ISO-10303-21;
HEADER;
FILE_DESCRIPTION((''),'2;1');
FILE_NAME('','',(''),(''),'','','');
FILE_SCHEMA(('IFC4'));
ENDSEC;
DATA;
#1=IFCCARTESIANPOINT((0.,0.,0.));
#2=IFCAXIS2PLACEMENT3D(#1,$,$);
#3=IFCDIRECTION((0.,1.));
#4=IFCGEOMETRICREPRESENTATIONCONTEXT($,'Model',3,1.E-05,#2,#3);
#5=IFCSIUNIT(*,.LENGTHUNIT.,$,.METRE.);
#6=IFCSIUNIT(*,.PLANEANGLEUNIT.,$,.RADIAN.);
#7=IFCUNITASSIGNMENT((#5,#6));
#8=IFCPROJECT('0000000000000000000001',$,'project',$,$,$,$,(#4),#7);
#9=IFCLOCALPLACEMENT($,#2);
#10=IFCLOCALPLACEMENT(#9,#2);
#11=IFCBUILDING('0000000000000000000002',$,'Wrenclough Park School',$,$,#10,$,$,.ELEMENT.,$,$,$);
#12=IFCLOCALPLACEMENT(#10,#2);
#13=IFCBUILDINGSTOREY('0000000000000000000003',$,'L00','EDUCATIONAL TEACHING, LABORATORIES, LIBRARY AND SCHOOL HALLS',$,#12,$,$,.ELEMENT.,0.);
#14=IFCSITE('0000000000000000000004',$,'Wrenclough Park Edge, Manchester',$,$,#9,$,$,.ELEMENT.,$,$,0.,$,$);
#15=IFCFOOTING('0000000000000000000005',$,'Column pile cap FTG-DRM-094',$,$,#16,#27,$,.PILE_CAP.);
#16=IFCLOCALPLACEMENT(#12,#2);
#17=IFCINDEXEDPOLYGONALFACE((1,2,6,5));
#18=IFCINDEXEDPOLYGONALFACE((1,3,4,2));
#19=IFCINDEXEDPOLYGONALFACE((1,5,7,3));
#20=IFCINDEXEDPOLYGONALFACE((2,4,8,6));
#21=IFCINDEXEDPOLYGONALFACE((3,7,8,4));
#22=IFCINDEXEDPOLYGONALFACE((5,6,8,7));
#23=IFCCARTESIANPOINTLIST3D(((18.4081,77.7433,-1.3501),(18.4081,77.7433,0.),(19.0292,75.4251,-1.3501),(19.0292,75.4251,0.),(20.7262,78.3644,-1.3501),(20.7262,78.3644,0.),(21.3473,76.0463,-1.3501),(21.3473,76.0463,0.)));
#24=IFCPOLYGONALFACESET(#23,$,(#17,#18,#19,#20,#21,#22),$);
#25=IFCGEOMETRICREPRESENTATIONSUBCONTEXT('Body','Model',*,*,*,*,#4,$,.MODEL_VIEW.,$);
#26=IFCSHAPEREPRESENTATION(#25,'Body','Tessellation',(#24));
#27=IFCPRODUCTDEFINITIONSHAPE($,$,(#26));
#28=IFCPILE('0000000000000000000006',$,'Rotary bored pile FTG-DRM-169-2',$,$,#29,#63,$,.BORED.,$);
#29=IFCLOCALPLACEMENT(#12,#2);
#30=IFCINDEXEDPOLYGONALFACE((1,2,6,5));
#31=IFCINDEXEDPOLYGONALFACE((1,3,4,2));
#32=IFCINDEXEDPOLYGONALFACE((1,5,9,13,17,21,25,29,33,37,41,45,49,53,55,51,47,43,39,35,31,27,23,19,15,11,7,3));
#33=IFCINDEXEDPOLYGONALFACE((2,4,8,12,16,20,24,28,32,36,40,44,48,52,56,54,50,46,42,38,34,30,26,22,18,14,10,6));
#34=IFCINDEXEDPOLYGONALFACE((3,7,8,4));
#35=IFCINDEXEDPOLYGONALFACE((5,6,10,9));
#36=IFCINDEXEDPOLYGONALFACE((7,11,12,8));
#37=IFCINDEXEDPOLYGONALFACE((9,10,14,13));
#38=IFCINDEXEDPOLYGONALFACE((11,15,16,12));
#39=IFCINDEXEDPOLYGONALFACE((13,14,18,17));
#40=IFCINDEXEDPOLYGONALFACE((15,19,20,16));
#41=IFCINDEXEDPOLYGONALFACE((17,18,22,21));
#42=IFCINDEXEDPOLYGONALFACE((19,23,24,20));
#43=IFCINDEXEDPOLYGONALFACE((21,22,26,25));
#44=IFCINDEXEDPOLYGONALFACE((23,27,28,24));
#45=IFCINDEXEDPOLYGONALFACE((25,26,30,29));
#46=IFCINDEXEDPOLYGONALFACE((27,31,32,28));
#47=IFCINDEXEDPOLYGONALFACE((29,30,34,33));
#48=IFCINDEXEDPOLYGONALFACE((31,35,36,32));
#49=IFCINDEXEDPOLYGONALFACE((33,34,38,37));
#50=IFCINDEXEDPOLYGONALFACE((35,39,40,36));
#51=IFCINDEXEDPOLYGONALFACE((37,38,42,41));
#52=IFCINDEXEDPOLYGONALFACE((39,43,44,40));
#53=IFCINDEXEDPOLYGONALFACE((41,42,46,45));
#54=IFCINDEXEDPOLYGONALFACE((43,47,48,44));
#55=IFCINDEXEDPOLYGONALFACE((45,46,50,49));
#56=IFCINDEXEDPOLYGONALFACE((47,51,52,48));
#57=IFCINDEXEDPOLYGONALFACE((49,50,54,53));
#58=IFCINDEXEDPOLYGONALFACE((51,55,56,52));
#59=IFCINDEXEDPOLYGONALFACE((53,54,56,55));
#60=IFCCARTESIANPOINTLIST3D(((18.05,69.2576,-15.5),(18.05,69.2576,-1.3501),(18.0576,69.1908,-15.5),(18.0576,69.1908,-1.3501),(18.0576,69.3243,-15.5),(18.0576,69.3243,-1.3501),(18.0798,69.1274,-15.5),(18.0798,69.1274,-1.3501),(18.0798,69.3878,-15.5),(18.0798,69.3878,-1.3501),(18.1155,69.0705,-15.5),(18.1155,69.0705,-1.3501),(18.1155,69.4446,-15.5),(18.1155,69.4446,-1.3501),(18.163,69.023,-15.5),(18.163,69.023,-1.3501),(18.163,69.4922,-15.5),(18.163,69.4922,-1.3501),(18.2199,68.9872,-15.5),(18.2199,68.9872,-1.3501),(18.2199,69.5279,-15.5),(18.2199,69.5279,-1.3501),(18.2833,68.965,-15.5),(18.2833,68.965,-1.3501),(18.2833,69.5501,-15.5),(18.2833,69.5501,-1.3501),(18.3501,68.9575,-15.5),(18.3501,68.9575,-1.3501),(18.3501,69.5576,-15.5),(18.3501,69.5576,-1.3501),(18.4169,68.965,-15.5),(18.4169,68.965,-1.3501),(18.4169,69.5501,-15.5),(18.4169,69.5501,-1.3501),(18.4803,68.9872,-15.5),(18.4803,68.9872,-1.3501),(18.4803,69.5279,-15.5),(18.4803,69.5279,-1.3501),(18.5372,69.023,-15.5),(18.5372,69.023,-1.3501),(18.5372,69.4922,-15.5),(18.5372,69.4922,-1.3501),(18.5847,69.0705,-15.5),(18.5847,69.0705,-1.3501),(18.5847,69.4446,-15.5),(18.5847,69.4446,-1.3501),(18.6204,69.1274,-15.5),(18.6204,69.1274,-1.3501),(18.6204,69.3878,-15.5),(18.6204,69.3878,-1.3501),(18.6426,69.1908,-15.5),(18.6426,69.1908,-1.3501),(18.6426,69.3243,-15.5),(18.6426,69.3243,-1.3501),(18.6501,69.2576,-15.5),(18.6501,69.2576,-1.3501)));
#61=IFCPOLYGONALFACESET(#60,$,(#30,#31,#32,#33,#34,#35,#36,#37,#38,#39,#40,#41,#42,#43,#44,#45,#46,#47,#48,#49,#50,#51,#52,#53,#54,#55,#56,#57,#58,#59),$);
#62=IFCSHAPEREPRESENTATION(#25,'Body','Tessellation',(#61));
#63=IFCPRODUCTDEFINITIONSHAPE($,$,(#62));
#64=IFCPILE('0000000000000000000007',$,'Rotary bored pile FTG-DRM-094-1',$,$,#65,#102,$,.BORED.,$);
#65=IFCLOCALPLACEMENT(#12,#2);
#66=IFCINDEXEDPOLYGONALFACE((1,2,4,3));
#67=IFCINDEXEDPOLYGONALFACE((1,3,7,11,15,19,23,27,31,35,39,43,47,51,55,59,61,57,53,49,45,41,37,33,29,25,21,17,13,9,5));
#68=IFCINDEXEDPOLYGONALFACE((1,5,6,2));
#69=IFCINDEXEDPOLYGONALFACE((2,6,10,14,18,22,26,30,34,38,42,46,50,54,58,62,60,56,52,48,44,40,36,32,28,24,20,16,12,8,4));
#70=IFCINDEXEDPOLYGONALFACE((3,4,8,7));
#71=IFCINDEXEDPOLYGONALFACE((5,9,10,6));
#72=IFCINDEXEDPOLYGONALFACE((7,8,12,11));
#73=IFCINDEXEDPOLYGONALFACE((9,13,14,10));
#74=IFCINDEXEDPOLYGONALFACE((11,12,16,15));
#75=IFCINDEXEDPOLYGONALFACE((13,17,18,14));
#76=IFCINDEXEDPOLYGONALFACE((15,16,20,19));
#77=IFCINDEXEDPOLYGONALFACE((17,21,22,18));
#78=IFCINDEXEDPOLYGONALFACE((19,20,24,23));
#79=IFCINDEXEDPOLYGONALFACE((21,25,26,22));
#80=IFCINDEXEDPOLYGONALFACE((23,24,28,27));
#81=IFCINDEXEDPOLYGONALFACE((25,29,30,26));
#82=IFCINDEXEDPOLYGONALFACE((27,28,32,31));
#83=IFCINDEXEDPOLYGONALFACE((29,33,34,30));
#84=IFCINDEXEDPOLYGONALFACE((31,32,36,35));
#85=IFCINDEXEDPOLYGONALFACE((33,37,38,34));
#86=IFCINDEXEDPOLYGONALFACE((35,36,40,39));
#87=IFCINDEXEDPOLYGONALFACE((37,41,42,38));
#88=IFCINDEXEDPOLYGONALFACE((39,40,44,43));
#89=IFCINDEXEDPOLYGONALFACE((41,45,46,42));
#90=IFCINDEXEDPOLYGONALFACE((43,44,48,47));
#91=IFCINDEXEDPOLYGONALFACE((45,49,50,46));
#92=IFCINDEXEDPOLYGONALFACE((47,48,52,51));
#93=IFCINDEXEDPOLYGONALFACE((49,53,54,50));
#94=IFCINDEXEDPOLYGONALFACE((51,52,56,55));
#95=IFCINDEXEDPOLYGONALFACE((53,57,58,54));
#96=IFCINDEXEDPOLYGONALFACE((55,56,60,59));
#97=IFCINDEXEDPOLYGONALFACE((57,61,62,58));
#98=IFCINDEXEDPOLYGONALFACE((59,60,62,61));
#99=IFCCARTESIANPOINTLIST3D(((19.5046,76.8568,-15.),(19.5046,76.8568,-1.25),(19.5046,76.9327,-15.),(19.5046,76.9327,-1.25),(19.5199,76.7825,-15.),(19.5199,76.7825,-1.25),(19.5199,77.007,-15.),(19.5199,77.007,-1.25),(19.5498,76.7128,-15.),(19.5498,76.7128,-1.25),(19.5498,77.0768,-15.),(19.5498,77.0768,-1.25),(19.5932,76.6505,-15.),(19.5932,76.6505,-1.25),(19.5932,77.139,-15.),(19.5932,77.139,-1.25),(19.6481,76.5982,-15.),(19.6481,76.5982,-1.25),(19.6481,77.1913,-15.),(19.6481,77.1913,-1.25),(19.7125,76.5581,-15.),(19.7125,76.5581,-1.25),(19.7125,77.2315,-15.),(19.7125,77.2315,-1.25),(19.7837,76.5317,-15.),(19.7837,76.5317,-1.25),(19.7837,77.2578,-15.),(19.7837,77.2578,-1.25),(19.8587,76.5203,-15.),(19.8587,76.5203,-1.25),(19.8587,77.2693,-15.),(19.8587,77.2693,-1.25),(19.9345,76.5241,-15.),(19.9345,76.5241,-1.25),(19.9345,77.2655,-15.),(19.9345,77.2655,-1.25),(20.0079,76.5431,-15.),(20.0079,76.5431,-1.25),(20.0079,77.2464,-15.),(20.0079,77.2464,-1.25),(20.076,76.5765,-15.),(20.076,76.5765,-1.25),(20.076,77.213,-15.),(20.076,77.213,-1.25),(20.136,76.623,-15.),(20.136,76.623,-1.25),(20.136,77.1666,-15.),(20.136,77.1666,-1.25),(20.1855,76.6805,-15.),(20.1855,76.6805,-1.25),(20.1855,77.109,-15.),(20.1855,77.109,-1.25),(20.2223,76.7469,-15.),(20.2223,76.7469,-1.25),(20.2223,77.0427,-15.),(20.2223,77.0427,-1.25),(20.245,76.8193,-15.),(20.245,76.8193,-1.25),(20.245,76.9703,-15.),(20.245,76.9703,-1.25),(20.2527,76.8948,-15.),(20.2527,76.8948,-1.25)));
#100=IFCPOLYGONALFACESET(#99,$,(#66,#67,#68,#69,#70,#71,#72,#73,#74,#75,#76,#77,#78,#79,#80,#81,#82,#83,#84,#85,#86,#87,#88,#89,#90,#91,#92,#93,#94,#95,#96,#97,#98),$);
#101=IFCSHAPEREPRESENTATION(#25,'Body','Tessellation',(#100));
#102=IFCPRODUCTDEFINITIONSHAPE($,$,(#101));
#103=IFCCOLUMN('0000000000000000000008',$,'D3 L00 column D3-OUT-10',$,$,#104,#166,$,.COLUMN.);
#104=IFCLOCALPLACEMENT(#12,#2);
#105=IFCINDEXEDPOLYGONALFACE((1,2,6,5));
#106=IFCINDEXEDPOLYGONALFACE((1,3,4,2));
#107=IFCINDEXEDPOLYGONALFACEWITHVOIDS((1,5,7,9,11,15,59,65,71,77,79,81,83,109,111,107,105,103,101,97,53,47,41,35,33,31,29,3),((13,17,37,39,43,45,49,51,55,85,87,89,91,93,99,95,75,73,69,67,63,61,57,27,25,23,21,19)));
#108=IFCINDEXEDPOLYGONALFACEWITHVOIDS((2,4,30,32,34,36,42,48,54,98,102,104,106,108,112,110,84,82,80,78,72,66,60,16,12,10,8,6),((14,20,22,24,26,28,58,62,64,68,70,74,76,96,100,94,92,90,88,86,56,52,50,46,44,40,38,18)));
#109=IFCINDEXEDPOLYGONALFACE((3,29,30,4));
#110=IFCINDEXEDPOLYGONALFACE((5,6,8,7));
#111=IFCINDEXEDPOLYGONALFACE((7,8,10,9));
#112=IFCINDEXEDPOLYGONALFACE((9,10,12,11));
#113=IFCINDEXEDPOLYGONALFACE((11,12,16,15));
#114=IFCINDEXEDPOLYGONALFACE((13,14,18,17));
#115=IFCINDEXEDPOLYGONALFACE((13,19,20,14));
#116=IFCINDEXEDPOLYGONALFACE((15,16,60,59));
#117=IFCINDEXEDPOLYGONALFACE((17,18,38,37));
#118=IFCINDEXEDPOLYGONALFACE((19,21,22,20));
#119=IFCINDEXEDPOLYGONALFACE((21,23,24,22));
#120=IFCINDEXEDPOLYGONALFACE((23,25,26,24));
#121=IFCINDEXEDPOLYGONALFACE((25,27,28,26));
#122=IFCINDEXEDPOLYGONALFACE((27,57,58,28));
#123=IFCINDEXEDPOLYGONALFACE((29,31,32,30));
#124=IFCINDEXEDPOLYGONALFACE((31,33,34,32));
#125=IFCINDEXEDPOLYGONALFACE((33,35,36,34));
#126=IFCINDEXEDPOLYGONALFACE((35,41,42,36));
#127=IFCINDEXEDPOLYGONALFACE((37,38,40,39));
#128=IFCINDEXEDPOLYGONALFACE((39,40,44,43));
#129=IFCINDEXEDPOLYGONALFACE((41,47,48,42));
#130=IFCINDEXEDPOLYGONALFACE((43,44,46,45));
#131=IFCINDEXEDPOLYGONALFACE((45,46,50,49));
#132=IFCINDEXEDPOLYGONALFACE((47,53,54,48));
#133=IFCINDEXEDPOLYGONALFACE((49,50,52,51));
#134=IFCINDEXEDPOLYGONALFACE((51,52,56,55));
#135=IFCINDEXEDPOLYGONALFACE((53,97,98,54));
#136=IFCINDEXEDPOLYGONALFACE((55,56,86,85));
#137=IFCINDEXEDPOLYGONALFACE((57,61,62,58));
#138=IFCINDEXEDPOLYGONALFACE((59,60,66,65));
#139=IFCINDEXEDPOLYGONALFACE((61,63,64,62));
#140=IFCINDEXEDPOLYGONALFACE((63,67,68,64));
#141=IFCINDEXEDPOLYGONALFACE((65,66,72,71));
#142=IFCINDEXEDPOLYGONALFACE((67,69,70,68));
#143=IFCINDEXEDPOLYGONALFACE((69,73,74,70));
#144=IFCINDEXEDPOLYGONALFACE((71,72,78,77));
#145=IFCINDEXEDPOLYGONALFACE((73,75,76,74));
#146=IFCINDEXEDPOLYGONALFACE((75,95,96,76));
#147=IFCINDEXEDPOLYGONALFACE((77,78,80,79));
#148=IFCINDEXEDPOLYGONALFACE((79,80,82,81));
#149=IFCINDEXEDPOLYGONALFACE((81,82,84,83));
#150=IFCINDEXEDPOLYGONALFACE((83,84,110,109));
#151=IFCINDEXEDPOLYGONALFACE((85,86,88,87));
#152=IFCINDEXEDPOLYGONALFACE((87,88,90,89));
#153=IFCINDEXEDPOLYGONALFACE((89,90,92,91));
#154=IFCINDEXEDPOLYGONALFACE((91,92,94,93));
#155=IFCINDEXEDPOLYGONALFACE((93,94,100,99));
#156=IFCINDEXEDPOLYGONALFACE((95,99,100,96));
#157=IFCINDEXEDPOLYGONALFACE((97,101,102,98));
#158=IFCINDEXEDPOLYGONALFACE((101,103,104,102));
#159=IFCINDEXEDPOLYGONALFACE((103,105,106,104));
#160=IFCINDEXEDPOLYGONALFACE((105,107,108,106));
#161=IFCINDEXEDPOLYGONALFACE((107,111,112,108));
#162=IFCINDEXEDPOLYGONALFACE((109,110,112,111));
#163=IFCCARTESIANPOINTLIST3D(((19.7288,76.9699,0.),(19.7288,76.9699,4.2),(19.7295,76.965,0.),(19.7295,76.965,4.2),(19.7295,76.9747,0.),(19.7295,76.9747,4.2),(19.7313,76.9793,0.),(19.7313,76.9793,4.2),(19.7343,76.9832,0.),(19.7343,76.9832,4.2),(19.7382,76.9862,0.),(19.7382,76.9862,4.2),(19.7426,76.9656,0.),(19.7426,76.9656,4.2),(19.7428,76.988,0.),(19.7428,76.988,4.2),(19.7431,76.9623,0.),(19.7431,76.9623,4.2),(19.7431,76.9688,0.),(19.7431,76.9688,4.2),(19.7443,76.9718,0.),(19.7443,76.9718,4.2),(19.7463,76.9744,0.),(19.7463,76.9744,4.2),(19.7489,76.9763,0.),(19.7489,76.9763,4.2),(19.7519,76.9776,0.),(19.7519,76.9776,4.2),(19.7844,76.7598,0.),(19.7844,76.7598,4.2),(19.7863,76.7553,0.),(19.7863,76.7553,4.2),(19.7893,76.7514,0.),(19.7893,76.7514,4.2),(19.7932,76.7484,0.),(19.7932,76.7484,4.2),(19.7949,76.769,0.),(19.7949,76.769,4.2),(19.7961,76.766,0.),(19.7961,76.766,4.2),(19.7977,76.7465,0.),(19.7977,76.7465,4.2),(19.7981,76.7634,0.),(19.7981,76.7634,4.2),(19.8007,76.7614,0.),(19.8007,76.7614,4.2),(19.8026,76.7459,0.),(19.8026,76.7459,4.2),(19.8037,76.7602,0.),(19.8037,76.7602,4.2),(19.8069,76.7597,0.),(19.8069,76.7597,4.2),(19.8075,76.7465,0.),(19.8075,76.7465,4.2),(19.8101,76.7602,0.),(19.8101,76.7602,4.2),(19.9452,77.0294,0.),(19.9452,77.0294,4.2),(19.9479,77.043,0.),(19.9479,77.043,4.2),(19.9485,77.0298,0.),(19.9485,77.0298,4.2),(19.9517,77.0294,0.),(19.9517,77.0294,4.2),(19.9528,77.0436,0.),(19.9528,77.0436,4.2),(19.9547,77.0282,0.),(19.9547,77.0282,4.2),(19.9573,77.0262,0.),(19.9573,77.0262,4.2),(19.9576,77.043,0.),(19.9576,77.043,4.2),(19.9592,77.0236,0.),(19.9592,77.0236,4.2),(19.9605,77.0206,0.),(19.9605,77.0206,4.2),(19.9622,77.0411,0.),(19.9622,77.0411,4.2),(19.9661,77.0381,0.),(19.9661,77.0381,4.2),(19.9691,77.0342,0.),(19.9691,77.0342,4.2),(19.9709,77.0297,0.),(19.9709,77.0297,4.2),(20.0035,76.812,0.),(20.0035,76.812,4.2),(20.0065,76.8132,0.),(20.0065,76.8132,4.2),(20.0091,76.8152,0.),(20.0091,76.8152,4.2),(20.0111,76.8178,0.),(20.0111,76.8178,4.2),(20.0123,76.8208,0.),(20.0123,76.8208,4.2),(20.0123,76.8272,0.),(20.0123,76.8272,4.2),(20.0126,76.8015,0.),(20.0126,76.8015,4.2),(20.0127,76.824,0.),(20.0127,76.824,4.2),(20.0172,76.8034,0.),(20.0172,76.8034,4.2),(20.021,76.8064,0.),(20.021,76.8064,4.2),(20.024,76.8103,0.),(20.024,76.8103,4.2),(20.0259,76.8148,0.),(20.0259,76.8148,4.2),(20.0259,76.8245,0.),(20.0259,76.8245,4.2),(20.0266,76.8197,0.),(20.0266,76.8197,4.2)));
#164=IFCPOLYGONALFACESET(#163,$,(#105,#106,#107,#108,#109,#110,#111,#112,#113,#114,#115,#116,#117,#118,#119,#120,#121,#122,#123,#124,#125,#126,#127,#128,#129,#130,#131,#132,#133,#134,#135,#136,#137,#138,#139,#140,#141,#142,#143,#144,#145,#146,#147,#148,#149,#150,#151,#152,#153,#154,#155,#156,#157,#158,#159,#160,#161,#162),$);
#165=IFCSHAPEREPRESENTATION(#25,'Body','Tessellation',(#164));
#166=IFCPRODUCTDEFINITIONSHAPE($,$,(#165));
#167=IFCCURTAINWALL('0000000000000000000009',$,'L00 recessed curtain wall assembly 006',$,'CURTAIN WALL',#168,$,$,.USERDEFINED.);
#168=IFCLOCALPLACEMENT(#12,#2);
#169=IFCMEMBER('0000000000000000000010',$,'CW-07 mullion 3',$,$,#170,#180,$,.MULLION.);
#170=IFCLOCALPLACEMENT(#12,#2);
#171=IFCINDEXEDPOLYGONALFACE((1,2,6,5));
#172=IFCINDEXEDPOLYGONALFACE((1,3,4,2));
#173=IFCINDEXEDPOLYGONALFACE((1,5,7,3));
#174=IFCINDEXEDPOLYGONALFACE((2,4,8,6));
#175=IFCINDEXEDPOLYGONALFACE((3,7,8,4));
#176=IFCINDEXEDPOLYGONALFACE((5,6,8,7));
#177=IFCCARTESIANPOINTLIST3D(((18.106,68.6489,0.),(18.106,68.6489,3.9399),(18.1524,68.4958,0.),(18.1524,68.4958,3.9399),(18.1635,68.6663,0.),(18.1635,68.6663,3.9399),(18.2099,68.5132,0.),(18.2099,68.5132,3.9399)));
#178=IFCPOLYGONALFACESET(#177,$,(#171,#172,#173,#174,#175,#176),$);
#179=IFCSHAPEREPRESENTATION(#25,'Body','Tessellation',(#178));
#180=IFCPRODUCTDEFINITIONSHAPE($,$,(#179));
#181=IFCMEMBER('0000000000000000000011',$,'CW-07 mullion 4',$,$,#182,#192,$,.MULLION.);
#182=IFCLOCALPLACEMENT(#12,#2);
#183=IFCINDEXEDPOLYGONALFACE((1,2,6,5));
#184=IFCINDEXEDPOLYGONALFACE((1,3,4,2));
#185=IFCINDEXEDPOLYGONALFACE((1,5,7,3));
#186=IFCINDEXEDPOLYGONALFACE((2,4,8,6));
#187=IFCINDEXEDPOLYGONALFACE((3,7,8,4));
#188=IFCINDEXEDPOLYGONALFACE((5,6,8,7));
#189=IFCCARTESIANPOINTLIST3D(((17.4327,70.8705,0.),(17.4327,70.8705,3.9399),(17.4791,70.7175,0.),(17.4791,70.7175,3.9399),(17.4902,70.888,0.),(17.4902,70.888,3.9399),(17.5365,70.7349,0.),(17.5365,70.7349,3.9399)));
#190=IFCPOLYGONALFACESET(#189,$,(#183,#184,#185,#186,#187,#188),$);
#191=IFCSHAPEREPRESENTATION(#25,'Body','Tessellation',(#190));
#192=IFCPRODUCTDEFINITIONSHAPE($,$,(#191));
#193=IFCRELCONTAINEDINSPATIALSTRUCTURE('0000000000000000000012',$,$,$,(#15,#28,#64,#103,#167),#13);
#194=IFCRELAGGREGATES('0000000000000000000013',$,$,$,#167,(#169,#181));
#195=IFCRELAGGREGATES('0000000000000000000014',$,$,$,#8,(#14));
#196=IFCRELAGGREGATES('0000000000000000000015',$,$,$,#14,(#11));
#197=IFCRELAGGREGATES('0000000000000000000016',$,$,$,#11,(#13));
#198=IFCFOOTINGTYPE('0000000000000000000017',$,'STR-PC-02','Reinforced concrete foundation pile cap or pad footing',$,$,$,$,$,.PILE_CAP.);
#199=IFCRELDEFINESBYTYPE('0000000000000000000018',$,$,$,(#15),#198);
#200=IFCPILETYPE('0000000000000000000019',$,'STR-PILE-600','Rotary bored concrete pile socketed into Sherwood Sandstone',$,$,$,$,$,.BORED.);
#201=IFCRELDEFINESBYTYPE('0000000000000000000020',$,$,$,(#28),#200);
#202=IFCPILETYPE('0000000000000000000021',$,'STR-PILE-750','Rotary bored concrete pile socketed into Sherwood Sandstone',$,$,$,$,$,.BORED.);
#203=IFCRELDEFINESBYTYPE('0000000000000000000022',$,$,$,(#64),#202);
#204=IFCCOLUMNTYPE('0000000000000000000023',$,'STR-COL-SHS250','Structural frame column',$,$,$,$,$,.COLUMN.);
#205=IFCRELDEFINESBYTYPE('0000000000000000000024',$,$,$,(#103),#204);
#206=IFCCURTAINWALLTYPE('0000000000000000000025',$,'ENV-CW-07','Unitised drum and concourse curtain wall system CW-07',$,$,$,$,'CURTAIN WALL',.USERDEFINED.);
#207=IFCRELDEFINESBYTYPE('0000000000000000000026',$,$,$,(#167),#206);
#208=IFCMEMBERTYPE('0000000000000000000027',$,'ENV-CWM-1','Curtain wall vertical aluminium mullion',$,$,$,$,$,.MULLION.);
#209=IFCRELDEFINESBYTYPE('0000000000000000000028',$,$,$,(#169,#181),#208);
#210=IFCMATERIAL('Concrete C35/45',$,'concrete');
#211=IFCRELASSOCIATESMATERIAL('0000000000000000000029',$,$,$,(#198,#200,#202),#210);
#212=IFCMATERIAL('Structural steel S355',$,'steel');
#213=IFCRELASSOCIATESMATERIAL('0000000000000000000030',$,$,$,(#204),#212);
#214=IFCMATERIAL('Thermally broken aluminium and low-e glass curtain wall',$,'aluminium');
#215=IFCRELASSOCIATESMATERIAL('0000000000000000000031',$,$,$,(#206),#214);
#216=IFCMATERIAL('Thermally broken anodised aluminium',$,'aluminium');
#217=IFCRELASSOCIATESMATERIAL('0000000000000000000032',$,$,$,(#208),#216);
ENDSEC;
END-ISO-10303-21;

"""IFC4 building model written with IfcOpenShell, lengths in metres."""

from ifc_helpers import new_model, si_unit, direction, frame, origin, origin_2d, place, context, subcontext, project, spatial, rectangle, hollow_rectangle, circle, extrude, material, material_profile, profile_set, type_object, element, aggregate, save


model = new_model("IFC4")

# Units and contexts
model_context = context("Model", 3, precision=1e-05, world=origin(), true_north=direction((0.0, 1.0)))
body_context = subcontext(model_context, "Body", "Model", "MODEL_VIEW")
ifc_project = project(units=[si_unit("LENGTHUNIT", "METRE"), si_unit("PLANEANGLEUNIT", "RADIAN")], contexts=[model_context])

# Site, building, storey
site_placement = place(None, origin())
site = spatial("IfcSite", under=ifc_project, at=site_placement, Name="Wrenclough Park Edge, Manchester", CompositionType="ELEMENT", RefElevation=0.0)
building_placement = place(site_placement, origin())
building = spatial("IfcBuilding", under=site, at=building_placement, Name="Wrenclough Park School", CompositionType="ELEMENT")
storey_placement = place(building_placement, origin())
storey = spatial("IfcBuildingStorey", under=building, at=storey_placement, Name="L00", Description="EDUCATIONAL TEACHING, LABORATORIES, LIBRARY AND SCHOOL HALLS", CompositionType="ELEMENT", Elevation=0.0)

# Footing
ifc_material_1 = material(Name="Concrete C35/45", Category="concrete")
footing_type = type_object("IfcFootingType", Name="STR-PC-02", Description="Reinforced concrete foundation pile cap or pad footing", PredefinedType="PILE_CAP", material=ifc_material_1)
footing_placement = place(storey_placement, frame((19.8777, 76.8948, -1.3501), z_axis=(0.0, 0.0, 1.0), x_axis=(0.965926, 0.258819, 0.0)))
element("IfcFooting", 1, at=footing_placement, inside=storey, type_object=footing_type, Name="Column pile cap FTG-DRM-094", PredefinedType="PILE_CAP", context=body_context, shape_type="SweptSolid", body=[
    extrude(rectangle(XDim=2.3999, YDim=2.3999, at=origin_2d()), origin(), (0.0, 0.0, 1.0), 1.3501),
])

# Piles
ifc_material_profile_1 = material_profile(ifc_material_1, circle(Radius=0.3, at=origin_2d()), Name="BORED PILE D600")
ifc_profile_set_1 = profile_set([ifc_material_profile_1], Name="Concrete C35/45")
pile_type_1 = type_object("IfcPileType", Name="STR-PILE-600", Description="Rotary bored concrete pile socketed into Sherwood Sandstone", PredefinedType="BORED", material=ifc_profile_set_1)
pile_1_placement = place(storey_placement, frame((18.3501, 69.2576, -1.3501), z_axis=(0.0, 0.0, -1.0), x_axis=(1.0, 0.0, 0.0)))
element("IfcPile", 2, at=pile_1_placement, inside=storey, type_object=pile_type_1, Name="Rotary bored pile FTG-DRM-169-2", PredefinedType="BORED", context=body_context, shape_type="SweptSolid", body=[
    extrude(circle(Radius=0.3, at=origin_2d()), origin(), (0.0, 0.0, 1.0), 14.1499),
])
ifc_material_profile_2 = material_profile(ifc_material_1, circle(Radius=0.375, at=origin_2d()), Name="BORED PILE D750")
ifc_profile_set_2 = profile_set([ifc_material_profile_2], Name="Concrete C35/45")
pile_type_2 = type_object("IfcPileType", Name="STR-PILE-750", Description="Rotary bored concrete pile socketed into Sherwood Sandstone", PredefinedType="BORED", material=ifc_profile_set_2)
pile_2_placement = place(storey_placement, frame((19.8777, 76.8948, -1.25), z_axis=(0.0, 0.0, -1.0), x_axis=(1.0, 0.0, 0.0)))
element("IfcPile", 3, at=pile_2_placement, inside=storey, type_object=pile_type_2, Name="Rotary bored pile FTG-DRM-094-1", PredefinedType="BORED", context=body_context, shape_type="SweptSolid", body=[
    extrude(circle(Radius=0.375, at=origin_2d()), origin(), (0.0, 0.0, 1.0), 13.75),
])

# Column
ifc_material_2 = material(Name="Structural steel S355", Category="steel")
ifc_material_profile_3 = material_profile(ifc_material_2, hollow_rectangle(XDim=0.25, YDim=0.25, WallThickness=0.0125, InnerFilletRadius=0.0125, OuterFilletRadius=0.0188, at=origin_2d()), Name="SHS 250x250x12.5")
ifc_profile_set_3 = profile_set([ifc_material_profile_3], Name="Structural steel S355")
column_type = type_object("IfcColumnType", Name="STR-COL-SHS250", Description="Structural frame column", PredefinedType="COLUMN", material=ifc_profile_set_3)
column_placement = place(storey_placement, frame((19.8777, 76.8948, 0.0), z_axis=(0.0, 0.0, 1.0), x_axis=(0.965926, 0.258819, 0.0)))
element("IfcColumn", 4, at=column_placement, inside=storey, type_object=column_type, Name="D3 L00 column D3-OUT-10", PredefinedType="COLUMN", context=body_context, shape_type="SweptSolid", body=[
    extrude(hollow_rectangle(XDim=0.25, YDim=0.25, WallThickness=0.0125, InnerFilletRadius=0.0125, OuterFilletRadius=0.0188, at=origin_2d()), origin(), (0.0, 0.0, 1.0), 4.2),
])

# Curtain wall, members
ifc_material_3 = material(Name="Thermally broken aluminium and low-e glass curtain wall", Category="aluminium")
curtain_wall_type = type_object("IfcCurtainWallType", Name="ENV-CW-07", Description="Unitised drum and concourse curtain wall system CW-07", ElementType="CURTAIN WALL", PredefinedType="USERDEFINED", material=ifc_material_3)
curtain_wall_placement = place(storey_placement, origin())
curtain_wall = element("IfcCurtainWall", 5, at=curtain_wall_placement, inside=storey, type_object=curtain_wall_type, Name="L00 recessed curtain wall assembly 006", ObjectType="CURTAIN WALL", PredefinedType="USERDEFINED")
ifc_material_4 = material(Name="Thermally broken anodised aluminium", Category="aluminium")
ifc_material_profile_4 = material_profile(ifc_material_4, rectangle(XDim=0.0601, YDim=0.1599, at=origin_2d()), Name="AL MULLION 60x160")
ifc_profile_set_4 = profile_set([ifc_material_profile_4], Name="Thermally broken anodised aluminium")
member_type_1 = type_object("IfcMemberType", Name="ENV-CWM-1", Description="Curtain wall vertical aluminium mullion", PredefinedType="MULLION", material=ifc_profile_set_4)
member_1_placement = place(storey_placement, frame((18.158, 68.5811, 0.0), z_axis=(0.0, 0.0, 1.0), x_axis=(-0.957026, -0.290001, 0.0)))
member_1 = element("IfcMember", 6, at=member_1_placement, type_object=member_type_1, Name="CW-07 mullion 3", PredefinedType="MULLION", context=body_context, shape_type="SweptSolid", body=[
    extrude(rectangle(XDim=0.0601, YDim=0.1599, at=origin_2d()), origin(), (0.0, 0.0, 1.0), 3.9399),
])
member_2_placement = place(storey_placement, frame((17.4846, 70.8027, 0.0), z_axis=(0.0, 0.0, 1.0), x_axis=(-0.957026, -0.290001, 0.0)))
member_2 = element("IfcMember", 7, at=member_2_placement, type_object=member_type_1, Name="CW-07 mullion 4", PredefinedType="MULLION", context=body_context, shape_type="SweptSolid", body=[
    extrude(rectangle(XDim=0.0601, YDim=0.1599, at=origin_2d()), origin(), (0.0, 0.0, 1.0), 3.9399),
])

aggregate(curtain_wall, [member_1, member_2])

save(model, "model.ifc")
